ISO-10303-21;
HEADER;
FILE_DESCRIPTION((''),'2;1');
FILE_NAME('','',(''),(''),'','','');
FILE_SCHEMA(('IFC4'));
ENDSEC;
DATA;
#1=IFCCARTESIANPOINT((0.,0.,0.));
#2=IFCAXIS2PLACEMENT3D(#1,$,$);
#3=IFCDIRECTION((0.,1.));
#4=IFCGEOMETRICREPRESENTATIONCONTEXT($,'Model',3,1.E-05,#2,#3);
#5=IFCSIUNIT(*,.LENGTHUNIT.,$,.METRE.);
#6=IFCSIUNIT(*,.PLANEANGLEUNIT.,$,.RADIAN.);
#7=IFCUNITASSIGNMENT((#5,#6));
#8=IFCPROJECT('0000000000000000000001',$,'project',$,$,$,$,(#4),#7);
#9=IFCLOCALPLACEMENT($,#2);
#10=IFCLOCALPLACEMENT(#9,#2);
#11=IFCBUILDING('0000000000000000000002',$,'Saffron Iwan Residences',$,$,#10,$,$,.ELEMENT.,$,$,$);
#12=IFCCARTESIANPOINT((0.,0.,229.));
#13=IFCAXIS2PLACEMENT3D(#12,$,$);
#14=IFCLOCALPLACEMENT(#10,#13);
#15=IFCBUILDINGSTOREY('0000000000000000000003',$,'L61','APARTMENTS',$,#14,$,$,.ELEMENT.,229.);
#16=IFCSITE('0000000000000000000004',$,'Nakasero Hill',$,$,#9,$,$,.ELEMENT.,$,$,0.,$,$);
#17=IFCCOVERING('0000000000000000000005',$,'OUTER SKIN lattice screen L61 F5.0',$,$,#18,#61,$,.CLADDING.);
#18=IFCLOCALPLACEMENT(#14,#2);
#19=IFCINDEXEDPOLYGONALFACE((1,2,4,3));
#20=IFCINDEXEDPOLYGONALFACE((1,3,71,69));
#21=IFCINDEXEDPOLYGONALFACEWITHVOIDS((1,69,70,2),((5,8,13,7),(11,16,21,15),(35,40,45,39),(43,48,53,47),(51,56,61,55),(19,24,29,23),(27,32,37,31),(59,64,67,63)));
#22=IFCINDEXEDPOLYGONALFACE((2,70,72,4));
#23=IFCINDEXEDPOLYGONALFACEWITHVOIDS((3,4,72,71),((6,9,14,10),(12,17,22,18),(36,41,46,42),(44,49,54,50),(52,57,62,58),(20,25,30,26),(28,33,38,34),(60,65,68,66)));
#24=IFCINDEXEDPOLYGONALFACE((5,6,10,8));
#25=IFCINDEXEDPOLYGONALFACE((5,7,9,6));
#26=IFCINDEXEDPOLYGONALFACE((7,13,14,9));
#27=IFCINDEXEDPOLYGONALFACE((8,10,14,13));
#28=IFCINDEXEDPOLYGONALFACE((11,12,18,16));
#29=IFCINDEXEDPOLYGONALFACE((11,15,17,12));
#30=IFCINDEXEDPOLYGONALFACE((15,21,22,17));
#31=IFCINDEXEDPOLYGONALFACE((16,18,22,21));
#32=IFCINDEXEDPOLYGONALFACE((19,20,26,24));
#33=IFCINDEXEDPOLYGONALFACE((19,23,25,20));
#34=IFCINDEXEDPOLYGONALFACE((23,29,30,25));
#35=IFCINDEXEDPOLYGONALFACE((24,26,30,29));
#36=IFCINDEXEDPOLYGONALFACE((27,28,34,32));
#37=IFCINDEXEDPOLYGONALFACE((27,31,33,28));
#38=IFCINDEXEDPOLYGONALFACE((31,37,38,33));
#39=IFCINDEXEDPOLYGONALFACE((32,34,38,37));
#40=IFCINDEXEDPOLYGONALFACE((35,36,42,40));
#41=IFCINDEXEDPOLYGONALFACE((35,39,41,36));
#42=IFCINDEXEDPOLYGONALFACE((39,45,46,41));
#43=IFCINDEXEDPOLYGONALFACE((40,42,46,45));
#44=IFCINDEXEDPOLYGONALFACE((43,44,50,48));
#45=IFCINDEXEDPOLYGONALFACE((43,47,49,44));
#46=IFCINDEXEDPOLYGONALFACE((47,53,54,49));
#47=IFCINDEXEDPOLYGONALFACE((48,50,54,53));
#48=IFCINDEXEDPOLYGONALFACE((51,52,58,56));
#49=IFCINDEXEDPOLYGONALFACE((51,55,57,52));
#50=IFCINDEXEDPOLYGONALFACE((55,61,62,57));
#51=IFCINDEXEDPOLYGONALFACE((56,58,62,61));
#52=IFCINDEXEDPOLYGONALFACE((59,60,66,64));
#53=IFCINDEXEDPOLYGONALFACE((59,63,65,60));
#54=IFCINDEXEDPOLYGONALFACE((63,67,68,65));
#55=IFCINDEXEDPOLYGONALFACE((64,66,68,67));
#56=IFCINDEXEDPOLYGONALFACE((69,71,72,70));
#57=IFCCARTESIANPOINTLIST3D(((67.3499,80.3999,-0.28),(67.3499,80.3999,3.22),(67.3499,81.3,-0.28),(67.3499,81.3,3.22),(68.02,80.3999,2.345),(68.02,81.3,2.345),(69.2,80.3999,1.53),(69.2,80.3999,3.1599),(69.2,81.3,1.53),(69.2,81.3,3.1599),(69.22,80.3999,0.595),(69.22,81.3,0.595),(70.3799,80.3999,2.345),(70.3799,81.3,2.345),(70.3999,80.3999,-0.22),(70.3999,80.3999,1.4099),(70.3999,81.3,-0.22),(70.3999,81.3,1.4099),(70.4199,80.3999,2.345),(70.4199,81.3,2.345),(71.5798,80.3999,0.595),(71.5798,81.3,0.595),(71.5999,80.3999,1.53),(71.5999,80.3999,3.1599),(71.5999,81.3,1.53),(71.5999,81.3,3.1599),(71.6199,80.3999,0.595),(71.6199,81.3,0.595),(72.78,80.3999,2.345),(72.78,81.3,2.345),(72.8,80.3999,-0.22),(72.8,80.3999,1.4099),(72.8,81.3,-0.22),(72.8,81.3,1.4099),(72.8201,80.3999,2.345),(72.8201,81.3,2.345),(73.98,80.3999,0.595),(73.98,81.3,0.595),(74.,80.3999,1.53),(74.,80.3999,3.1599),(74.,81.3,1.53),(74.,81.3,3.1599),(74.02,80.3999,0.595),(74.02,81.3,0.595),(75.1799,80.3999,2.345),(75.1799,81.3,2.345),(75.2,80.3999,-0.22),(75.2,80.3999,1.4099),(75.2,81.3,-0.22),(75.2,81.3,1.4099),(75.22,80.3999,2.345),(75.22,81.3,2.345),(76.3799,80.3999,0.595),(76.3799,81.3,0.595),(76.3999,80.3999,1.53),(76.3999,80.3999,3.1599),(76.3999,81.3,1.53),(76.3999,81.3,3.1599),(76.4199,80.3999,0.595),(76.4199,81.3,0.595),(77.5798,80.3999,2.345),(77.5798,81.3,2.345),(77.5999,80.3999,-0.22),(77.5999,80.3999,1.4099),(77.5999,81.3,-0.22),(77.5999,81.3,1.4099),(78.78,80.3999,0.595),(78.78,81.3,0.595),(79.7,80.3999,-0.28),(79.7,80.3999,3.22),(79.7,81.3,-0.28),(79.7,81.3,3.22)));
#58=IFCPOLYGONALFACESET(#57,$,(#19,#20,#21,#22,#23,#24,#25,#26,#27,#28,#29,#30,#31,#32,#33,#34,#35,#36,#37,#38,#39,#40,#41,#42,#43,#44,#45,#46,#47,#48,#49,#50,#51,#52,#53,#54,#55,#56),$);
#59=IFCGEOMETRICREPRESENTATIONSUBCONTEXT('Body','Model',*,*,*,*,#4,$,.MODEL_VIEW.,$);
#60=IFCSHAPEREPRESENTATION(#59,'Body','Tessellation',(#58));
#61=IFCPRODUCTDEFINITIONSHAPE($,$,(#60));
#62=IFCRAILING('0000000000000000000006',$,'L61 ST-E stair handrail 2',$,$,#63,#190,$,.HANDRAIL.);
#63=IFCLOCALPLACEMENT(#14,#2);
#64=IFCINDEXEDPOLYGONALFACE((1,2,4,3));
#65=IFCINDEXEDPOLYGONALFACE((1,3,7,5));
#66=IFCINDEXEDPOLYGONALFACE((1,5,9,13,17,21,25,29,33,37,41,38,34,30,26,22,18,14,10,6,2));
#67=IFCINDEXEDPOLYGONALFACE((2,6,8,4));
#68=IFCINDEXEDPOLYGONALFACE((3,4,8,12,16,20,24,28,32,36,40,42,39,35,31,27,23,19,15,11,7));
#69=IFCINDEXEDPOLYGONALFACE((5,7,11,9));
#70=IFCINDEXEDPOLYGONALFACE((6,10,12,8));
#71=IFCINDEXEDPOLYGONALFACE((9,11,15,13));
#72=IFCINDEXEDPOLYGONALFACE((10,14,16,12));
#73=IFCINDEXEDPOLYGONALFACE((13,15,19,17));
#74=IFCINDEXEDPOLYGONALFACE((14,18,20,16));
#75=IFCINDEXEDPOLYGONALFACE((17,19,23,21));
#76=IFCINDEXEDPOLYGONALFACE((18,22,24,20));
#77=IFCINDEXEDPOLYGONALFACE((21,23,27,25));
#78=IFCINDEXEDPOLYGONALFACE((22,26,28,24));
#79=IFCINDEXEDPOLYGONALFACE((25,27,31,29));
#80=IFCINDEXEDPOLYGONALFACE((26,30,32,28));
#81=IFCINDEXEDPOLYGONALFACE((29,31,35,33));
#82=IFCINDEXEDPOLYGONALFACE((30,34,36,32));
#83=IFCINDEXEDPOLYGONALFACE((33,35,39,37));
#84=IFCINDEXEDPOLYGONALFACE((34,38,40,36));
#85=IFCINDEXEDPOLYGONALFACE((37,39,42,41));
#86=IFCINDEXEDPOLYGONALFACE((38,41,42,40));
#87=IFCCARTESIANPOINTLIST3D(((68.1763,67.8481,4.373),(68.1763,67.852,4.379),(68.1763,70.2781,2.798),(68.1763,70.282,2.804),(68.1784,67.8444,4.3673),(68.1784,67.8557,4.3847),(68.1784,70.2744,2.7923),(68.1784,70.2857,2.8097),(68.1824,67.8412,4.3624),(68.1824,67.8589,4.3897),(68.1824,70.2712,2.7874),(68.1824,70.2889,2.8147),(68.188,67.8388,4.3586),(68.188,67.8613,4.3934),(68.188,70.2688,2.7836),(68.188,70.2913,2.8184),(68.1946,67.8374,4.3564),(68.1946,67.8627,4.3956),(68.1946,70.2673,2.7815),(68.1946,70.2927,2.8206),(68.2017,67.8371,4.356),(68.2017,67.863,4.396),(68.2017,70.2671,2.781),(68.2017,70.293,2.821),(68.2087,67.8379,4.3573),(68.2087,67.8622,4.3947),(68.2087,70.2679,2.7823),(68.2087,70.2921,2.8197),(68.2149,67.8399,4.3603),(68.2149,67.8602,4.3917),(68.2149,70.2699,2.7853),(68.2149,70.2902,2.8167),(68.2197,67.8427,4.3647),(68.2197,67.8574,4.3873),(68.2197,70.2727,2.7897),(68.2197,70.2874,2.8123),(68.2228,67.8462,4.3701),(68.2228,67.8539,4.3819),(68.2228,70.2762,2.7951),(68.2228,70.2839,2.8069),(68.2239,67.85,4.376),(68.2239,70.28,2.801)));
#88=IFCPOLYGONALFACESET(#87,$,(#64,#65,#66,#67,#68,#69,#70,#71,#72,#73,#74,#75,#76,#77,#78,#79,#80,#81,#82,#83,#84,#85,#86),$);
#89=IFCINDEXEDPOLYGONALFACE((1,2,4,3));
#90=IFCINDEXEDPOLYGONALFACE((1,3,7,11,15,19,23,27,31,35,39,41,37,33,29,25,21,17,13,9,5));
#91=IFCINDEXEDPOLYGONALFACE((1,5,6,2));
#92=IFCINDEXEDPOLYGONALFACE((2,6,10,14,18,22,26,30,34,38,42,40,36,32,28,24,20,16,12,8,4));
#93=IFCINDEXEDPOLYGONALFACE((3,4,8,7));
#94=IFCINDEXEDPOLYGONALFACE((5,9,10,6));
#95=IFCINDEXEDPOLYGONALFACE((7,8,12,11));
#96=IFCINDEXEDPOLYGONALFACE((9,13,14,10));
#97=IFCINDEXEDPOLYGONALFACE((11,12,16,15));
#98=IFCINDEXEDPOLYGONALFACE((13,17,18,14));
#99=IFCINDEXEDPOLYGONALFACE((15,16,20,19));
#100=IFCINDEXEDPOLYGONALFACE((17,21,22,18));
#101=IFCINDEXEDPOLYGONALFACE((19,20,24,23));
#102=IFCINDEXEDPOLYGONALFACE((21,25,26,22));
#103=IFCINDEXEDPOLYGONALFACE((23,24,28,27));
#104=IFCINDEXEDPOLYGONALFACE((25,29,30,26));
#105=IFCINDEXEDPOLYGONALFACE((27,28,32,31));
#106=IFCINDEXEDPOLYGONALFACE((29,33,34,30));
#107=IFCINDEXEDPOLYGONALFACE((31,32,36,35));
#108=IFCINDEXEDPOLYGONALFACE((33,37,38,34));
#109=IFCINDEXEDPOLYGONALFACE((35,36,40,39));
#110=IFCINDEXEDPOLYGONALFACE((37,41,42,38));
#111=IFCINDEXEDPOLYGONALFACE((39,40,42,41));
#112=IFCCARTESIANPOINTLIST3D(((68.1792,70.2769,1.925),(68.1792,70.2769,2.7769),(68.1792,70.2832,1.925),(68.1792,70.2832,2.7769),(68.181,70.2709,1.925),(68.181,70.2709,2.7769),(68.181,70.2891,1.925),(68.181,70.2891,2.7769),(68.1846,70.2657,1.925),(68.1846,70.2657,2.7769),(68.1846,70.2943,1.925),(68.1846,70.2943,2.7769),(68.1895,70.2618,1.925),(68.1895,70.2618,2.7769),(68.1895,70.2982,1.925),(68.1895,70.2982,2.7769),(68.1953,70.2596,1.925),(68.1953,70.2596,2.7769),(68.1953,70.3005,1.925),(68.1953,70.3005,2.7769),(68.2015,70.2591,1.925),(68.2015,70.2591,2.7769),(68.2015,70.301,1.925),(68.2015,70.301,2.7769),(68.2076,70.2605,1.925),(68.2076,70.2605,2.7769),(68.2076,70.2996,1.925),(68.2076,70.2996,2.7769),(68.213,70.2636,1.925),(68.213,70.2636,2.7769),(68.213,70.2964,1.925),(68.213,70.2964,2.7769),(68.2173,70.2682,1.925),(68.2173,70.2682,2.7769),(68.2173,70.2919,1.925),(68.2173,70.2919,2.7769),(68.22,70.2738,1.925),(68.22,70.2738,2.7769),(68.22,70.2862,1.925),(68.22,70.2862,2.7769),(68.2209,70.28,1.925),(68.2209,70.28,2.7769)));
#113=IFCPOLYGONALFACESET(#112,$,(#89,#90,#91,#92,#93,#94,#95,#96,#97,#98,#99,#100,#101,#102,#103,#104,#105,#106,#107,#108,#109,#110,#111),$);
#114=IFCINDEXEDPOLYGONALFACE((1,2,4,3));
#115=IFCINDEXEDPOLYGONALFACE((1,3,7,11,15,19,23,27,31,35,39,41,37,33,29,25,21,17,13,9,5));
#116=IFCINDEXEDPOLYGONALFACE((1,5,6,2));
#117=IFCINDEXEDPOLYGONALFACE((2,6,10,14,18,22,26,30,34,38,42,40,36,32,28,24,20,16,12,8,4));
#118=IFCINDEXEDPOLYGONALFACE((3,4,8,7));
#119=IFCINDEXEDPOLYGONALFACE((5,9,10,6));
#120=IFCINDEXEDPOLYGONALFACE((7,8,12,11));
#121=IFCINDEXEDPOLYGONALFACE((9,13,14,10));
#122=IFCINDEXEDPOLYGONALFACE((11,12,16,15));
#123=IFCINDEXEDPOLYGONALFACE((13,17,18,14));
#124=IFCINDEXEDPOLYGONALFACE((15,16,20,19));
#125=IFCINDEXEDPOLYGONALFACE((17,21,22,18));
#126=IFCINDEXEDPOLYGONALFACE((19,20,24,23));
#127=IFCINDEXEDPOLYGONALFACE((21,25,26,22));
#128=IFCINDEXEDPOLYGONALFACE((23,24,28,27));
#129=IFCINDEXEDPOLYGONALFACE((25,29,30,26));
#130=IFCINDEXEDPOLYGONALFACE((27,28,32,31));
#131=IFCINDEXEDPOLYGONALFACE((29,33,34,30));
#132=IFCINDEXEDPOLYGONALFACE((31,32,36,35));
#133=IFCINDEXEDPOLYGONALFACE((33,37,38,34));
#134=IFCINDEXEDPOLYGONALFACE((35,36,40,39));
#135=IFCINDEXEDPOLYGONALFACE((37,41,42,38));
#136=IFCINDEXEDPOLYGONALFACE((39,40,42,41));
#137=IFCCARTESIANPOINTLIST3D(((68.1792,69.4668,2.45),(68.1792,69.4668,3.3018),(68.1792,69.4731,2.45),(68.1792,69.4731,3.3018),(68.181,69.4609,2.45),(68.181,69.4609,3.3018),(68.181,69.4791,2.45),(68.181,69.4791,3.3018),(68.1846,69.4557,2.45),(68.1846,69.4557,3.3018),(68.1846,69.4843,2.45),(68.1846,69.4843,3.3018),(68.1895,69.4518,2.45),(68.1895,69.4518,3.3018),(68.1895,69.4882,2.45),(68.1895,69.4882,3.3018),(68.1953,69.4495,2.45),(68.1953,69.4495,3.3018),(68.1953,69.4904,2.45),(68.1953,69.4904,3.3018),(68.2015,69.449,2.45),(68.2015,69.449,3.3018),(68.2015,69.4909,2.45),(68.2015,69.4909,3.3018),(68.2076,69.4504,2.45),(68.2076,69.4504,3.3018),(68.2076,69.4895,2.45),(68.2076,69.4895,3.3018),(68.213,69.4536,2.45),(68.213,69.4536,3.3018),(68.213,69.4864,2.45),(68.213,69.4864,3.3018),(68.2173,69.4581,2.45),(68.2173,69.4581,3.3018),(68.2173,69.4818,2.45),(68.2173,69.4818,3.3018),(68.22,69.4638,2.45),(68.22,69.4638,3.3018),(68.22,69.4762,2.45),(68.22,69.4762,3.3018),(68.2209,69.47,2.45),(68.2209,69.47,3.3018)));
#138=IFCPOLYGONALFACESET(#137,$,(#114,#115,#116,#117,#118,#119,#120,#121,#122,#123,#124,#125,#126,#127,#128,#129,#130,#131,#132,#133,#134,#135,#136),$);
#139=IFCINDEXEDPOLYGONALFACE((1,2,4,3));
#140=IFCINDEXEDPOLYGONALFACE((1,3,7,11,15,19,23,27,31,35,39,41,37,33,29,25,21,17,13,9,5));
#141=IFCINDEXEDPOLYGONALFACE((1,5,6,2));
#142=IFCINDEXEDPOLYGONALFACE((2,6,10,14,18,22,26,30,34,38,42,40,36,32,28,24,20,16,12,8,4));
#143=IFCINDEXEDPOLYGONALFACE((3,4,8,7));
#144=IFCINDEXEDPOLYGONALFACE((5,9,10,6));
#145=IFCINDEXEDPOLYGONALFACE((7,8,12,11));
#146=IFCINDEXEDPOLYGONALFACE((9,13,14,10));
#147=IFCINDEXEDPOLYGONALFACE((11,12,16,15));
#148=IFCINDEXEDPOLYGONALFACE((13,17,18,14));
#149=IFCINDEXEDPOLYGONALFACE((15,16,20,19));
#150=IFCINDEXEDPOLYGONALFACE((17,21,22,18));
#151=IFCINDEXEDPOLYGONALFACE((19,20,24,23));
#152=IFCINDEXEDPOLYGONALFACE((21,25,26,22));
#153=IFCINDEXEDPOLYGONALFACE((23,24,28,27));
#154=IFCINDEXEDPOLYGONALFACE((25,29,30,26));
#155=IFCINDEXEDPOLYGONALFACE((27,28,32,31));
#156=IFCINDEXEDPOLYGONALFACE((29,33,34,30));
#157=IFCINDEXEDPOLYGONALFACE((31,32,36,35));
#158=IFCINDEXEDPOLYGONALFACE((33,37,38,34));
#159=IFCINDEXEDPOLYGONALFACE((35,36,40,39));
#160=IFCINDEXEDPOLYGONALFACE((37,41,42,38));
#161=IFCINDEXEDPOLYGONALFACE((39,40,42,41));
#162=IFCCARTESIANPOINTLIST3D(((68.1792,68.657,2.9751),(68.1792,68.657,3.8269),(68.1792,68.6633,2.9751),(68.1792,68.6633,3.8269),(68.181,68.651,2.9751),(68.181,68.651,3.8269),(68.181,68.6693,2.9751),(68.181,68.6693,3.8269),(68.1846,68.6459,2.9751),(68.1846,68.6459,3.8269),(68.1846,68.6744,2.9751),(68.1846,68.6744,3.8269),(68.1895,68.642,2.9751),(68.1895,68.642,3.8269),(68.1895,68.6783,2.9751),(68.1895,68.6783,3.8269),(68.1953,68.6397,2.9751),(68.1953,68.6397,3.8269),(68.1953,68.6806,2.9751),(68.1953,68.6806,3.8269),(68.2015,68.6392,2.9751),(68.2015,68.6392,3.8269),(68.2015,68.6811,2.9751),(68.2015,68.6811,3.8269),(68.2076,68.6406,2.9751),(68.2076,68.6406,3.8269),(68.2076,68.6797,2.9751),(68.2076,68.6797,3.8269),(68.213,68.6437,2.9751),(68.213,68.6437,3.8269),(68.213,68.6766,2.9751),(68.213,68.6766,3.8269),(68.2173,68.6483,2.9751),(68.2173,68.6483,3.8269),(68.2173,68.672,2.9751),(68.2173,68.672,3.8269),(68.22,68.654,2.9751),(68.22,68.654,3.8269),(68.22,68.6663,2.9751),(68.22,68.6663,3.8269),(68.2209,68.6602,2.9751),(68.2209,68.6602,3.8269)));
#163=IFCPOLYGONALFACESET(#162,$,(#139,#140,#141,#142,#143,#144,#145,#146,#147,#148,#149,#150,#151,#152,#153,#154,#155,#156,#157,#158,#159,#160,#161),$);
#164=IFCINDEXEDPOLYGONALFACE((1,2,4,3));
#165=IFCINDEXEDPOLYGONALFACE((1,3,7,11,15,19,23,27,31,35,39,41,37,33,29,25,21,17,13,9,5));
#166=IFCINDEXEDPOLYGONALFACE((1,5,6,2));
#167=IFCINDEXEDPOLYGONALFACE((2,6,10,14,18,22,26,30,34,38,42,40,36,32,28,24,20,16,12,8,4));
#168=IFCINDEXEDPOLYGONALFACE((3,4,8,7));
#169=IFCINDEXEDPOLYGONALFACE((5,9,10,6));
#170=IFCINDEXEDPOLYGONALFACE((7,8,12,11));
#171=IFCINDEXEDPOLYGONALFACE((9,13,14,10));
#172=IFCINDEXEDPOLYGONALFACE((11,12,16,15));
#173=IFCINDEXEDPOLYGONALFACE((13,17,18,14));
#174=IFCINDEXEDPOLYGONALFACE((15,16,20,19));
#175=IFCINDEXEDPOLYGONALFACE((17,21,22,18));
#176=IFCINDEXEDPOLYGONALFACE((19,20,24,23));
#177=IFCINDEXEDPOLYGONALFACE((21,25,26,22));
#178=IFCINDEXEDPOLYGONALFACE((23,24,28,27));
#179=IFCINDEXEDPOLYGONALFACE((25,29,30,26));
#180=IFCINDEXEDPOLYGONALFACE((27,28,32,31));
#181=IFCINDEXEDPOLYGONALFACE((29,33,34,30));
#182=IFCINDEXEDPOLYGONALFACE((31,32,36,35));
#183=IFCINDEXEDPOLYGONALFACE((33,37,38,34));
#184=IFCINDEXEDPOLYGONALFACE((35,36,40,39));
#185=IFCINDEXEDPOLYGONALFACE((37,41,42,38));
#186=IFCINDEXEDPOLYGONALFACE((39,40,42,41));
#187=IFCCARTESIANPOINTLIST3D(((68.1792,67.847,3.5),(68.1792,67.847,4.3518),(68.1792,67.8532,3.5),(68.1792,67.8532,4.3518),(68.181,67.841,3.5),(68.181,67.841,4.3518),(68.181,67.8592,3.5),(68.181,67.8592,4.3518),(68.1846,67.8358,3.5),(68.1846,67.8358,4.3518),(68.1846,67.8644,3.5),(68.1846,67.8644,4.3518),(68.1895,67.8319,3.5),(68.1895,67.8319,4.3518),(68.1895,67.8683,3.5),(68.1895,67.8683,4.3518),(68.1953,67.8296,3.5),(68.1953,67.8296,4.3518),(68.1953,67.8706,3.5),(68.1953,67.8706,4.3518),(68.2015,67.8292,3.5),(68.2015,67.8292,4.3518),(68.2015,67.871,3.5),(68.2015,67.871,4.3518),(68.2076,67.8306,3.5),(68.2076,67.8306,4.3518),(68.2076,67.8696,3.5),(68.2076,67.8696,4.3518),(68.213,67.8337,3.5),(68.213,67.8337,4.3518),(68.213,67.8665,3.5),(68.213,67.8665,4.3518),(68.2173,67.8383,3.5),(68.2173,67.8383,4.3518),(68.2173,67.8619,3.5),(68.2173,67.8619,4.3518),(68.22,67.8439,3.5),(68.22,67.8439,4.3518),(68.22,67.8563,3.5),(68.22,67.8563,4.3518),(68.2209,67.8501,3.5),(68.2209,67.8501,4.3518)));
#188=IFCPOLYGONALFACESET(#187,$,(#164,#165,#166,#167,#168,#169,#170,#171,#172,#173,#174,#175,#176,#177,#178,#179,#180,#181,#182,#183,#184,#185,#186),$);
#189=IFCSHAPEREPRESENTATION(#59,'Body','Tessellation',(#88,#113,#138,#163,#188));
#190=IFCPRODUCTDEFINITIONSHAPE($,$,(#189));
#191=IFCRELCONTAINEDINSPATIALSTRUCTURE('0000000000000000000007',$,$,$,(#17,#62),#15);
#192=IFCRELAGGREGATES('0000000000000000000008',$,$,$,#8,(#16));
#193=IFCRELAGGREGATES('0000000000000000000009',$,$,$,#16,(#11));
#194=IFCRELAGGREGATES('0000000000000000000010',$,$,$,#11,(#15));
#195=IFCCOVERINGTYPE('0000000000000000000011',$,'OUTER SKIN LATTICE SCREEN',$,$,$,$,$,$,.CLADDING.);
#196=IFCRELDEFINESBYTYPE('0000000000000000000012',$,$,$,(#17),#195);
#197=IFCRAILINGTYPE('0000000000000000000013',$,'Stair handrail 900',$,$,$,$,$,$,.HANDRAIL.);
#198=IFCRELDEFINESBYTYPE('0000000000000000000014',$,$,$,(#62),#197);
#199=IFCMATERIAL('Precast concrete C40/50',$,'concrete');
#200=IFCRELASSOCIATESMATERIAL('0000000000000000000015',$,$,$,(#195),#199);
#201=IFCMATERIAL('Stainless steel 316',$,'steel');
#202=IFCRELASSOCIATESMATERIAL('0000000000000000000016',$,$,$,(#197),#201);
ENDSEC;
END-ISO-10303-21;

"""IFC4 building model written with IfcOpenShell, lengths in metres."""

from ifc_helpers import new_model, si_unit, direction, frame, origin, origin_2d, place, context, subcontext, project, spatial, polyline, circle, outline, extrude, material, type_object, element, save


model = new_model("IFC4")

# Units and contexts
model_context = context("Model", 3, precision=1e-05, world=origin(), true_north=direction((0.0, 1.0)))
body_context = subcontext(model_context, "Body", "Model", "MODEL_VIEW")
ifc_project = project(units=[si_unit("LENGTHUNIT", "METRE"), si_unit("PLANEANGLEUNIT", "RADIAN")], contexts=[model_context])

# Site, building, storey
site_placement = place(None, origin())
site = spatial("IfcSite", under=ifc_project, at=site_placement, Name="Nakasero Hill", CompositionType="ELEMENT", RefElevation=0.0)
building_placement = place(site_placement, origin())
building = spatial("IfcBuilding", under=site, at=building_placement, Name="Saffron Iwan Residences", CompositionType="ELEMENT")
storey_placement = place(building_placement, frame((0.0, 0.0, 229.0)))
storey = spatial("IfcBuildingStorey", under=building, at=storey_placement, Name="L61", Description="APARTMENTS", CompositionType="ELEMENT", Elevation=229.0)

# Covering
ifc_material_1 = material(Name="Precast concrete C40/50", Category="concrete")
covering_type = type_object("IfcCoveringType", Name="OUTER SKIN LATTICE SCREEN", PredefinedType="CLADDING", material=ifc_material_1)
covering_1_placement = place(storey_placement, frame((79.7, 80.3999, -0.28), z_axis=(0.0, 1.0, 0.0), x_axis=(-1.0, 0.0, 0.0)))
element("IfcCovering", 1, at=covering_1_placement, inside=storey, type_object=covering_type, Name="OUTER SKIN lattice screen L61 F5.0", PredefinedType="CLADDING", context=body_context, shape_type="SweptSolid", body=[
    extrude(outline(polyline([(0.0, 0.0), (12.3501, 0.0), (12.3501, 3.5), (0.0, 3.5), (0.0, 0.0)]), holes=[polyline([(0.9199, 0.875), (2.1001, 0.0601), (3.28, 0.875), (2.1001, 1.6899), (0.9199, 0.875)]), polyline([(3.3201, 0.875), (4.5, 0.0601), (5.6799, 0.875), (4.5, 1.6899), (3.3201, 0.875)]), polyline([(5.72, 0.875), (6.8999, 0.0601), (8.0801, 0.875), (6.8999, 1.6899), (5.72, 0.875)]), polyline([(8.1201, 0.875), (9.3, 0.0601), (10.48, 0.875), (9.3, 1.6899), (8.1201, 0.875)]), polyline([(2.1201, 2.625), (3.3, 1.8101), (4.48, 2.625), (3.3, 3.4399), (2.1201, 2.625)]), polyline([(4.52, 2.625), (5.7, 1.8101), (6.8799, 2.625), (5.7, 3.4399), (4.52, 2.625)]), polyline([(6.9199, 2.625), (8.1001, 1.8101), (9.28, 2.625), (8.1001, 3.4399), (6.9199, 2.625)]), polyline([(9.3201, 2.625), (10.5, 1.8101), (11.6799, 2.625), (10.5, 3.4399), (9.3201, 2.625)])]), origin(), (0.0, 0.0, 1.0), 0.9001),
])

# Railing
ifc_material_2 = material(Name="Stainless steel 316", Category="steel")
railing_type = type_object("IfcRailingType", Name="Stair handrail 900", PredefinedType="HANDRAIL", material=ifc_material_2)
railing_placement = place(storey_placement, frame((68.2, 70.28, 1.925)))
element("IfcRailing", 2, at=railing_placement, inside=storey, type_object=railing_type, Name="L61 ST-E stair handrail 2", PredefinedType="HANDRAIL", context=body_context, shape_type="SweptSolid", body=[
    extrude(circle(Radius=0.0239, at=origin_2d()), frame((0.0, 0.0, 0.876), z_axis=(0.0, -0.839154, 0.543894), x_axis=(1.0, 0.0, 0.0)), (0.0, 0.0, 1.0), 2.8958),
    extrude(circle(Radius=0.021, at=origin_2d()), origin(), (0.0, 0.0, 1.0), 0.8518),
    extrude(circle(Radius=0.021, at=origin_2d()), frame((0.0, -0.8101, 0.5249)), (0.0, 0.0, 1.0), 0.8518),
    extrude(circle(Radius=0.021, at=origin_2d()), frame((0.0, -1.6199, 1.05)), (0.0, 0.0, 1.0), 0.8518),
    extrude(circle(Radius=0.021, at=origin_2d()), frame((0.0, -2.4299, 1.575)), (0.0, 0.0, 1.0), 0.8518),
])

save(model, "model.ifc")
